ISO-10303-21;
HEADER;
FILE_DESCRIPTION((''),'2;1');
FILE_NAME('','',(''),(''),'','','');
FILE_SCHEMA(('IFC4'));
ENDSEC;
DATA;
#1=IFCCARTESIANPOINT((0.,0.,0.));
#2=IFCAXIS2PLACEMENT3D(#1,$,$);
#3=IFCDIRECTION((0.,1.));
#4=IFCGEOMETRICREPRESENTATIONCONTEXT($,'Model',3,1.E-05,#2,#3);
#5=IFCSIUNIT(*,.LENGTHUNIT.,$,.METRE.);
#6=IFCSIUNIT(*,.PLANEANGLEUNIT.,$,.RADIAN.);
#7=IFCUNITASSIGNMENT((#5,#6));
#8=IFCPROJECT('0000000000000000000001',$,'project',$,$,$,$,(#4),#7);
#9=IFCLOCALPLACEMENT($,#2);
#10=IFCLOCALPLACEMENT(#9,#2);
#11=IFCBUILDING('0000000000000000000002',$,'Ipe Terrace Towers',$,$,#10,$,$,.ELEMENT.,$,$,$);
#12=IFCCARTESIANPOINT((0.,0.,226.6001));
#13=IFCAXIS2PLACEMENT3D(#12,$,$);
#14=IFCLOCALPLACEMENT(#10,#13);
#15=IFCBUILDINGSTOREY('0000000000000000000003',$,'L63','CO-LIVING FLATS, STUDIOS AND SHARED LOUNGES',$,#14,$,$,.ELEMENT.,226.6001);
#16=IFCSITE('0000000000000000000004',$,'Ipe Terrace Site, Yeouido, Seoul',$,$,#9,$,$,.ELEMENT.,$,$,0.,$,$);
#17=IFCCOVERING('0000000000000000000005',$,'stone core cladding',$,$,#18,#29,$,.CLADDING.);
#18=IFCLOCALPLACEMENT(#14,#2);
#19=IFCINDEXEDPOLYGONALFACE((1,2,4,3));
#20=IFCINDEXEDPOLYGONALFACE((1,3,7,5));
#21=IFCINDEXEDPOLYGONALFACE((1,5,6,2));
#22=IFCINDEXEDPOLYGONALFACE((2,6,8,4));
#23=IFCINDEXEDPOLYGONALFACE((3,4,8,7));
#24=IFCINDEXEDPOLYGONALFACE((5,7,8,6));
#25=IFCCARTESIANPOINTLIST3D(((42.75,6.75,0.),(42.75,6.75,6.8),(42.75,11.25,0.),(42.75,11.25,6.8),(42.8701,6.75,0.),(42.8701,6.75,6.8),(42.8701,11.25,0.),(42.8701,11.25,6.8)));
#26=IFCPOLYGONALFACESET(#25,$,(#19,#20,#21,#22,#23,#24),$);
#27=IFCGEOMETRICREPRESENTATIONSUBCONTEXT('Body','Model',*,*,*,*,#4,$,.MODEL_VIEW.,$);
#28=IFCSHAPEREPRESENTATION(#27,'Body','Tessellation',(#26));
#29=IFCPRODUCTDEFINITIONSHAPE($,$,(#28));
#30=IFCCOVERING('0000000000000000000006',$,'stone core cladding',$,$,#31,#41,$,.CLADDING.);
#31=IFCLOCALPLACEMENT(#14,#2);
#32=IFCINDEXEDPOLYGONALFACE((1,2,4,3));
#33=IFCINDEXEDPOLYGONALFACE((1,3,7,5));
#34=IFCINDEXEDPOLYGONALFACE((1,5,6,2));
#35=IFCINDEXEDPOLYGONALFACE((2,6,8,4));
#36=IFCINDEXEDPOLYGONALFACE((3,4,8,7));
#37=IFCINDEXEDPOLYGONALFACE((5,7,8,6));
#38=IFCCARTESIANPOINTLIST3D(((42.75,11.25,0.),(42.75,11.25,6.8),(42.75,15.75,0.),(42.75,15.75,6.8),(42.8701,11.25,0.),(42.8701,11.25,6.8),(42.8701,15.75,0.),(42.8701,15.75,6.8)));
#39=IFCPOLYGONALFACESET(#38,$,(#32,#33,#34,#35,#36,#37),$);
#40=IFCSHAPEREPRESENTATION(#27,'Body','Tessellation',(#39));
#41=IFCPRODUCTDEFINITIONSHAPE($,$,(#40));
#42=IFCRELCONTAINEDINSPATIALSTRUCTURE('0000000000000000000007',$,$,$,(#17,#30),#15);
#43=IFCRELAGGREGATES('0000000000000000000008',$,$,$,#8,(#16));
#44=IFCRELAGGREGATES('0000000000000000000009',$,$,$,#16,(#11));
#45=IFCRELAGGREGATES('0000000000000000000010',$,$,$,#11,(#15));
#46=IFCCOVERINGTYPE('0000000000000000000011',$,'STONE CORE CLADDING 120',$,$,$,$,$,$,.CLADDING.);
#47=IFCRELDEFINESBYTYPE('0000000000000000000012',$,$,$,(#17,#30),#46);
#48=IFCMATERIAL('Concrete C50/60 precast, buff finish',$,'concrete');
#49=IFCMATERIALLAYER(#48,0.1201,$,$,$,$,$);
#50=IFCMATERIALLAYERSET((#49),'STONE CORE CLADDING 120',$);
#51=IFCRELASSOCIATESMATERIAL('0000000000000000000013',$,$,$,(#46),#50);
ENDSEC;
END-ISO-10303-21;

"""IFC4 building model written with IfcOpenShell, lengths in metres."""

from ifc_helpers import new_model, si_unit, direction, frame, origin, origin_2d, place, context, subcontext, project, spatial, rectangle, extrude, material, layer, layer_set, type_object, element, save


model = new_model("IFC4")

# Units and contexts
model_context = context("Model", 3, precision=1e-05, world=origin(), true_north=direction((0.0, 1.0)))
body_context = subcontext(model_context, "Body", "Model", "MODEL_VIEW")
ifc_project = project(units=[si_unit("LENGTHUNIT", "METRE"), si_unit("PLANEANGLEUNIT", "RADIAN")], contexts=[model_context])

# Site, building, storey
site_placement = place(None, origin())
site = spatial("IfcSite", under=ifc_project, at=site_placement, Name="Ipe Terrace Site, Yeouido, Seoul", CompositionType="ELEMENT", RefElevation=0.0)
building_placement = place(site_placement, origin())
building = spatial("IfcBuilding", under=site, at=building_placement, Name="Ipe Terrace Towers", CompositionType="ELEMENT")
storey_placement = place(building_placement, frame((0.0, 0.0, 226.6001)))
storey = spatial("IfcBuildingStorey", under=building, at=storey_placement, Name="L63", Description="CO-LIVING FLATS, STUDIOS AND SHARED LOUNGES", CompositionType="ELEMENT", Elevation=226.6001)

# Coverings
ifc_material_1 = material(Name="Concrete C50/60 precast, buff finish", Category="concrete")
ifc_layer_1 = layer(ifc_material_1, 0.1201)
ifc_layer_set_1 = layer_set([ifc_layer_1], Name="STONE CORE CLADDING 120")
covering_type = type_object("IfcCoveringType", Name="STONE CORE CLADDING 120", PredefinedType="CLADDING", material=ifc_layer_set_1)
for number, where, z_axis, x_axis, name in (
    (1, (42.8101, 9.0, 0.0), (0.0, 0.0, 1.0), (0.0, 1.0, 0.0), "stone core cladding"),
    (2, (42.8101, 13.5, 0.0), (0.0, 0.0, 1.0), (0.0, 1.0, 0.0), "stone core cladding"),
):
    element("IfcCovering", number, at=place(storey_placement, frame(where, z_axis=z_axis, x_axis=x_axis)), inside=storey, type_object=covering_type, Name=name, PredefinedType="CLADDING", context=body_context, shape_type="SweptSolid", body=[
        extrude(rectangle(XDim=4.5, YDim=0.1201, at=origin_2d()), origin(), (0.0, 0.0, 1.0), 6.8),
    ])

save(model, "model.ifc")
